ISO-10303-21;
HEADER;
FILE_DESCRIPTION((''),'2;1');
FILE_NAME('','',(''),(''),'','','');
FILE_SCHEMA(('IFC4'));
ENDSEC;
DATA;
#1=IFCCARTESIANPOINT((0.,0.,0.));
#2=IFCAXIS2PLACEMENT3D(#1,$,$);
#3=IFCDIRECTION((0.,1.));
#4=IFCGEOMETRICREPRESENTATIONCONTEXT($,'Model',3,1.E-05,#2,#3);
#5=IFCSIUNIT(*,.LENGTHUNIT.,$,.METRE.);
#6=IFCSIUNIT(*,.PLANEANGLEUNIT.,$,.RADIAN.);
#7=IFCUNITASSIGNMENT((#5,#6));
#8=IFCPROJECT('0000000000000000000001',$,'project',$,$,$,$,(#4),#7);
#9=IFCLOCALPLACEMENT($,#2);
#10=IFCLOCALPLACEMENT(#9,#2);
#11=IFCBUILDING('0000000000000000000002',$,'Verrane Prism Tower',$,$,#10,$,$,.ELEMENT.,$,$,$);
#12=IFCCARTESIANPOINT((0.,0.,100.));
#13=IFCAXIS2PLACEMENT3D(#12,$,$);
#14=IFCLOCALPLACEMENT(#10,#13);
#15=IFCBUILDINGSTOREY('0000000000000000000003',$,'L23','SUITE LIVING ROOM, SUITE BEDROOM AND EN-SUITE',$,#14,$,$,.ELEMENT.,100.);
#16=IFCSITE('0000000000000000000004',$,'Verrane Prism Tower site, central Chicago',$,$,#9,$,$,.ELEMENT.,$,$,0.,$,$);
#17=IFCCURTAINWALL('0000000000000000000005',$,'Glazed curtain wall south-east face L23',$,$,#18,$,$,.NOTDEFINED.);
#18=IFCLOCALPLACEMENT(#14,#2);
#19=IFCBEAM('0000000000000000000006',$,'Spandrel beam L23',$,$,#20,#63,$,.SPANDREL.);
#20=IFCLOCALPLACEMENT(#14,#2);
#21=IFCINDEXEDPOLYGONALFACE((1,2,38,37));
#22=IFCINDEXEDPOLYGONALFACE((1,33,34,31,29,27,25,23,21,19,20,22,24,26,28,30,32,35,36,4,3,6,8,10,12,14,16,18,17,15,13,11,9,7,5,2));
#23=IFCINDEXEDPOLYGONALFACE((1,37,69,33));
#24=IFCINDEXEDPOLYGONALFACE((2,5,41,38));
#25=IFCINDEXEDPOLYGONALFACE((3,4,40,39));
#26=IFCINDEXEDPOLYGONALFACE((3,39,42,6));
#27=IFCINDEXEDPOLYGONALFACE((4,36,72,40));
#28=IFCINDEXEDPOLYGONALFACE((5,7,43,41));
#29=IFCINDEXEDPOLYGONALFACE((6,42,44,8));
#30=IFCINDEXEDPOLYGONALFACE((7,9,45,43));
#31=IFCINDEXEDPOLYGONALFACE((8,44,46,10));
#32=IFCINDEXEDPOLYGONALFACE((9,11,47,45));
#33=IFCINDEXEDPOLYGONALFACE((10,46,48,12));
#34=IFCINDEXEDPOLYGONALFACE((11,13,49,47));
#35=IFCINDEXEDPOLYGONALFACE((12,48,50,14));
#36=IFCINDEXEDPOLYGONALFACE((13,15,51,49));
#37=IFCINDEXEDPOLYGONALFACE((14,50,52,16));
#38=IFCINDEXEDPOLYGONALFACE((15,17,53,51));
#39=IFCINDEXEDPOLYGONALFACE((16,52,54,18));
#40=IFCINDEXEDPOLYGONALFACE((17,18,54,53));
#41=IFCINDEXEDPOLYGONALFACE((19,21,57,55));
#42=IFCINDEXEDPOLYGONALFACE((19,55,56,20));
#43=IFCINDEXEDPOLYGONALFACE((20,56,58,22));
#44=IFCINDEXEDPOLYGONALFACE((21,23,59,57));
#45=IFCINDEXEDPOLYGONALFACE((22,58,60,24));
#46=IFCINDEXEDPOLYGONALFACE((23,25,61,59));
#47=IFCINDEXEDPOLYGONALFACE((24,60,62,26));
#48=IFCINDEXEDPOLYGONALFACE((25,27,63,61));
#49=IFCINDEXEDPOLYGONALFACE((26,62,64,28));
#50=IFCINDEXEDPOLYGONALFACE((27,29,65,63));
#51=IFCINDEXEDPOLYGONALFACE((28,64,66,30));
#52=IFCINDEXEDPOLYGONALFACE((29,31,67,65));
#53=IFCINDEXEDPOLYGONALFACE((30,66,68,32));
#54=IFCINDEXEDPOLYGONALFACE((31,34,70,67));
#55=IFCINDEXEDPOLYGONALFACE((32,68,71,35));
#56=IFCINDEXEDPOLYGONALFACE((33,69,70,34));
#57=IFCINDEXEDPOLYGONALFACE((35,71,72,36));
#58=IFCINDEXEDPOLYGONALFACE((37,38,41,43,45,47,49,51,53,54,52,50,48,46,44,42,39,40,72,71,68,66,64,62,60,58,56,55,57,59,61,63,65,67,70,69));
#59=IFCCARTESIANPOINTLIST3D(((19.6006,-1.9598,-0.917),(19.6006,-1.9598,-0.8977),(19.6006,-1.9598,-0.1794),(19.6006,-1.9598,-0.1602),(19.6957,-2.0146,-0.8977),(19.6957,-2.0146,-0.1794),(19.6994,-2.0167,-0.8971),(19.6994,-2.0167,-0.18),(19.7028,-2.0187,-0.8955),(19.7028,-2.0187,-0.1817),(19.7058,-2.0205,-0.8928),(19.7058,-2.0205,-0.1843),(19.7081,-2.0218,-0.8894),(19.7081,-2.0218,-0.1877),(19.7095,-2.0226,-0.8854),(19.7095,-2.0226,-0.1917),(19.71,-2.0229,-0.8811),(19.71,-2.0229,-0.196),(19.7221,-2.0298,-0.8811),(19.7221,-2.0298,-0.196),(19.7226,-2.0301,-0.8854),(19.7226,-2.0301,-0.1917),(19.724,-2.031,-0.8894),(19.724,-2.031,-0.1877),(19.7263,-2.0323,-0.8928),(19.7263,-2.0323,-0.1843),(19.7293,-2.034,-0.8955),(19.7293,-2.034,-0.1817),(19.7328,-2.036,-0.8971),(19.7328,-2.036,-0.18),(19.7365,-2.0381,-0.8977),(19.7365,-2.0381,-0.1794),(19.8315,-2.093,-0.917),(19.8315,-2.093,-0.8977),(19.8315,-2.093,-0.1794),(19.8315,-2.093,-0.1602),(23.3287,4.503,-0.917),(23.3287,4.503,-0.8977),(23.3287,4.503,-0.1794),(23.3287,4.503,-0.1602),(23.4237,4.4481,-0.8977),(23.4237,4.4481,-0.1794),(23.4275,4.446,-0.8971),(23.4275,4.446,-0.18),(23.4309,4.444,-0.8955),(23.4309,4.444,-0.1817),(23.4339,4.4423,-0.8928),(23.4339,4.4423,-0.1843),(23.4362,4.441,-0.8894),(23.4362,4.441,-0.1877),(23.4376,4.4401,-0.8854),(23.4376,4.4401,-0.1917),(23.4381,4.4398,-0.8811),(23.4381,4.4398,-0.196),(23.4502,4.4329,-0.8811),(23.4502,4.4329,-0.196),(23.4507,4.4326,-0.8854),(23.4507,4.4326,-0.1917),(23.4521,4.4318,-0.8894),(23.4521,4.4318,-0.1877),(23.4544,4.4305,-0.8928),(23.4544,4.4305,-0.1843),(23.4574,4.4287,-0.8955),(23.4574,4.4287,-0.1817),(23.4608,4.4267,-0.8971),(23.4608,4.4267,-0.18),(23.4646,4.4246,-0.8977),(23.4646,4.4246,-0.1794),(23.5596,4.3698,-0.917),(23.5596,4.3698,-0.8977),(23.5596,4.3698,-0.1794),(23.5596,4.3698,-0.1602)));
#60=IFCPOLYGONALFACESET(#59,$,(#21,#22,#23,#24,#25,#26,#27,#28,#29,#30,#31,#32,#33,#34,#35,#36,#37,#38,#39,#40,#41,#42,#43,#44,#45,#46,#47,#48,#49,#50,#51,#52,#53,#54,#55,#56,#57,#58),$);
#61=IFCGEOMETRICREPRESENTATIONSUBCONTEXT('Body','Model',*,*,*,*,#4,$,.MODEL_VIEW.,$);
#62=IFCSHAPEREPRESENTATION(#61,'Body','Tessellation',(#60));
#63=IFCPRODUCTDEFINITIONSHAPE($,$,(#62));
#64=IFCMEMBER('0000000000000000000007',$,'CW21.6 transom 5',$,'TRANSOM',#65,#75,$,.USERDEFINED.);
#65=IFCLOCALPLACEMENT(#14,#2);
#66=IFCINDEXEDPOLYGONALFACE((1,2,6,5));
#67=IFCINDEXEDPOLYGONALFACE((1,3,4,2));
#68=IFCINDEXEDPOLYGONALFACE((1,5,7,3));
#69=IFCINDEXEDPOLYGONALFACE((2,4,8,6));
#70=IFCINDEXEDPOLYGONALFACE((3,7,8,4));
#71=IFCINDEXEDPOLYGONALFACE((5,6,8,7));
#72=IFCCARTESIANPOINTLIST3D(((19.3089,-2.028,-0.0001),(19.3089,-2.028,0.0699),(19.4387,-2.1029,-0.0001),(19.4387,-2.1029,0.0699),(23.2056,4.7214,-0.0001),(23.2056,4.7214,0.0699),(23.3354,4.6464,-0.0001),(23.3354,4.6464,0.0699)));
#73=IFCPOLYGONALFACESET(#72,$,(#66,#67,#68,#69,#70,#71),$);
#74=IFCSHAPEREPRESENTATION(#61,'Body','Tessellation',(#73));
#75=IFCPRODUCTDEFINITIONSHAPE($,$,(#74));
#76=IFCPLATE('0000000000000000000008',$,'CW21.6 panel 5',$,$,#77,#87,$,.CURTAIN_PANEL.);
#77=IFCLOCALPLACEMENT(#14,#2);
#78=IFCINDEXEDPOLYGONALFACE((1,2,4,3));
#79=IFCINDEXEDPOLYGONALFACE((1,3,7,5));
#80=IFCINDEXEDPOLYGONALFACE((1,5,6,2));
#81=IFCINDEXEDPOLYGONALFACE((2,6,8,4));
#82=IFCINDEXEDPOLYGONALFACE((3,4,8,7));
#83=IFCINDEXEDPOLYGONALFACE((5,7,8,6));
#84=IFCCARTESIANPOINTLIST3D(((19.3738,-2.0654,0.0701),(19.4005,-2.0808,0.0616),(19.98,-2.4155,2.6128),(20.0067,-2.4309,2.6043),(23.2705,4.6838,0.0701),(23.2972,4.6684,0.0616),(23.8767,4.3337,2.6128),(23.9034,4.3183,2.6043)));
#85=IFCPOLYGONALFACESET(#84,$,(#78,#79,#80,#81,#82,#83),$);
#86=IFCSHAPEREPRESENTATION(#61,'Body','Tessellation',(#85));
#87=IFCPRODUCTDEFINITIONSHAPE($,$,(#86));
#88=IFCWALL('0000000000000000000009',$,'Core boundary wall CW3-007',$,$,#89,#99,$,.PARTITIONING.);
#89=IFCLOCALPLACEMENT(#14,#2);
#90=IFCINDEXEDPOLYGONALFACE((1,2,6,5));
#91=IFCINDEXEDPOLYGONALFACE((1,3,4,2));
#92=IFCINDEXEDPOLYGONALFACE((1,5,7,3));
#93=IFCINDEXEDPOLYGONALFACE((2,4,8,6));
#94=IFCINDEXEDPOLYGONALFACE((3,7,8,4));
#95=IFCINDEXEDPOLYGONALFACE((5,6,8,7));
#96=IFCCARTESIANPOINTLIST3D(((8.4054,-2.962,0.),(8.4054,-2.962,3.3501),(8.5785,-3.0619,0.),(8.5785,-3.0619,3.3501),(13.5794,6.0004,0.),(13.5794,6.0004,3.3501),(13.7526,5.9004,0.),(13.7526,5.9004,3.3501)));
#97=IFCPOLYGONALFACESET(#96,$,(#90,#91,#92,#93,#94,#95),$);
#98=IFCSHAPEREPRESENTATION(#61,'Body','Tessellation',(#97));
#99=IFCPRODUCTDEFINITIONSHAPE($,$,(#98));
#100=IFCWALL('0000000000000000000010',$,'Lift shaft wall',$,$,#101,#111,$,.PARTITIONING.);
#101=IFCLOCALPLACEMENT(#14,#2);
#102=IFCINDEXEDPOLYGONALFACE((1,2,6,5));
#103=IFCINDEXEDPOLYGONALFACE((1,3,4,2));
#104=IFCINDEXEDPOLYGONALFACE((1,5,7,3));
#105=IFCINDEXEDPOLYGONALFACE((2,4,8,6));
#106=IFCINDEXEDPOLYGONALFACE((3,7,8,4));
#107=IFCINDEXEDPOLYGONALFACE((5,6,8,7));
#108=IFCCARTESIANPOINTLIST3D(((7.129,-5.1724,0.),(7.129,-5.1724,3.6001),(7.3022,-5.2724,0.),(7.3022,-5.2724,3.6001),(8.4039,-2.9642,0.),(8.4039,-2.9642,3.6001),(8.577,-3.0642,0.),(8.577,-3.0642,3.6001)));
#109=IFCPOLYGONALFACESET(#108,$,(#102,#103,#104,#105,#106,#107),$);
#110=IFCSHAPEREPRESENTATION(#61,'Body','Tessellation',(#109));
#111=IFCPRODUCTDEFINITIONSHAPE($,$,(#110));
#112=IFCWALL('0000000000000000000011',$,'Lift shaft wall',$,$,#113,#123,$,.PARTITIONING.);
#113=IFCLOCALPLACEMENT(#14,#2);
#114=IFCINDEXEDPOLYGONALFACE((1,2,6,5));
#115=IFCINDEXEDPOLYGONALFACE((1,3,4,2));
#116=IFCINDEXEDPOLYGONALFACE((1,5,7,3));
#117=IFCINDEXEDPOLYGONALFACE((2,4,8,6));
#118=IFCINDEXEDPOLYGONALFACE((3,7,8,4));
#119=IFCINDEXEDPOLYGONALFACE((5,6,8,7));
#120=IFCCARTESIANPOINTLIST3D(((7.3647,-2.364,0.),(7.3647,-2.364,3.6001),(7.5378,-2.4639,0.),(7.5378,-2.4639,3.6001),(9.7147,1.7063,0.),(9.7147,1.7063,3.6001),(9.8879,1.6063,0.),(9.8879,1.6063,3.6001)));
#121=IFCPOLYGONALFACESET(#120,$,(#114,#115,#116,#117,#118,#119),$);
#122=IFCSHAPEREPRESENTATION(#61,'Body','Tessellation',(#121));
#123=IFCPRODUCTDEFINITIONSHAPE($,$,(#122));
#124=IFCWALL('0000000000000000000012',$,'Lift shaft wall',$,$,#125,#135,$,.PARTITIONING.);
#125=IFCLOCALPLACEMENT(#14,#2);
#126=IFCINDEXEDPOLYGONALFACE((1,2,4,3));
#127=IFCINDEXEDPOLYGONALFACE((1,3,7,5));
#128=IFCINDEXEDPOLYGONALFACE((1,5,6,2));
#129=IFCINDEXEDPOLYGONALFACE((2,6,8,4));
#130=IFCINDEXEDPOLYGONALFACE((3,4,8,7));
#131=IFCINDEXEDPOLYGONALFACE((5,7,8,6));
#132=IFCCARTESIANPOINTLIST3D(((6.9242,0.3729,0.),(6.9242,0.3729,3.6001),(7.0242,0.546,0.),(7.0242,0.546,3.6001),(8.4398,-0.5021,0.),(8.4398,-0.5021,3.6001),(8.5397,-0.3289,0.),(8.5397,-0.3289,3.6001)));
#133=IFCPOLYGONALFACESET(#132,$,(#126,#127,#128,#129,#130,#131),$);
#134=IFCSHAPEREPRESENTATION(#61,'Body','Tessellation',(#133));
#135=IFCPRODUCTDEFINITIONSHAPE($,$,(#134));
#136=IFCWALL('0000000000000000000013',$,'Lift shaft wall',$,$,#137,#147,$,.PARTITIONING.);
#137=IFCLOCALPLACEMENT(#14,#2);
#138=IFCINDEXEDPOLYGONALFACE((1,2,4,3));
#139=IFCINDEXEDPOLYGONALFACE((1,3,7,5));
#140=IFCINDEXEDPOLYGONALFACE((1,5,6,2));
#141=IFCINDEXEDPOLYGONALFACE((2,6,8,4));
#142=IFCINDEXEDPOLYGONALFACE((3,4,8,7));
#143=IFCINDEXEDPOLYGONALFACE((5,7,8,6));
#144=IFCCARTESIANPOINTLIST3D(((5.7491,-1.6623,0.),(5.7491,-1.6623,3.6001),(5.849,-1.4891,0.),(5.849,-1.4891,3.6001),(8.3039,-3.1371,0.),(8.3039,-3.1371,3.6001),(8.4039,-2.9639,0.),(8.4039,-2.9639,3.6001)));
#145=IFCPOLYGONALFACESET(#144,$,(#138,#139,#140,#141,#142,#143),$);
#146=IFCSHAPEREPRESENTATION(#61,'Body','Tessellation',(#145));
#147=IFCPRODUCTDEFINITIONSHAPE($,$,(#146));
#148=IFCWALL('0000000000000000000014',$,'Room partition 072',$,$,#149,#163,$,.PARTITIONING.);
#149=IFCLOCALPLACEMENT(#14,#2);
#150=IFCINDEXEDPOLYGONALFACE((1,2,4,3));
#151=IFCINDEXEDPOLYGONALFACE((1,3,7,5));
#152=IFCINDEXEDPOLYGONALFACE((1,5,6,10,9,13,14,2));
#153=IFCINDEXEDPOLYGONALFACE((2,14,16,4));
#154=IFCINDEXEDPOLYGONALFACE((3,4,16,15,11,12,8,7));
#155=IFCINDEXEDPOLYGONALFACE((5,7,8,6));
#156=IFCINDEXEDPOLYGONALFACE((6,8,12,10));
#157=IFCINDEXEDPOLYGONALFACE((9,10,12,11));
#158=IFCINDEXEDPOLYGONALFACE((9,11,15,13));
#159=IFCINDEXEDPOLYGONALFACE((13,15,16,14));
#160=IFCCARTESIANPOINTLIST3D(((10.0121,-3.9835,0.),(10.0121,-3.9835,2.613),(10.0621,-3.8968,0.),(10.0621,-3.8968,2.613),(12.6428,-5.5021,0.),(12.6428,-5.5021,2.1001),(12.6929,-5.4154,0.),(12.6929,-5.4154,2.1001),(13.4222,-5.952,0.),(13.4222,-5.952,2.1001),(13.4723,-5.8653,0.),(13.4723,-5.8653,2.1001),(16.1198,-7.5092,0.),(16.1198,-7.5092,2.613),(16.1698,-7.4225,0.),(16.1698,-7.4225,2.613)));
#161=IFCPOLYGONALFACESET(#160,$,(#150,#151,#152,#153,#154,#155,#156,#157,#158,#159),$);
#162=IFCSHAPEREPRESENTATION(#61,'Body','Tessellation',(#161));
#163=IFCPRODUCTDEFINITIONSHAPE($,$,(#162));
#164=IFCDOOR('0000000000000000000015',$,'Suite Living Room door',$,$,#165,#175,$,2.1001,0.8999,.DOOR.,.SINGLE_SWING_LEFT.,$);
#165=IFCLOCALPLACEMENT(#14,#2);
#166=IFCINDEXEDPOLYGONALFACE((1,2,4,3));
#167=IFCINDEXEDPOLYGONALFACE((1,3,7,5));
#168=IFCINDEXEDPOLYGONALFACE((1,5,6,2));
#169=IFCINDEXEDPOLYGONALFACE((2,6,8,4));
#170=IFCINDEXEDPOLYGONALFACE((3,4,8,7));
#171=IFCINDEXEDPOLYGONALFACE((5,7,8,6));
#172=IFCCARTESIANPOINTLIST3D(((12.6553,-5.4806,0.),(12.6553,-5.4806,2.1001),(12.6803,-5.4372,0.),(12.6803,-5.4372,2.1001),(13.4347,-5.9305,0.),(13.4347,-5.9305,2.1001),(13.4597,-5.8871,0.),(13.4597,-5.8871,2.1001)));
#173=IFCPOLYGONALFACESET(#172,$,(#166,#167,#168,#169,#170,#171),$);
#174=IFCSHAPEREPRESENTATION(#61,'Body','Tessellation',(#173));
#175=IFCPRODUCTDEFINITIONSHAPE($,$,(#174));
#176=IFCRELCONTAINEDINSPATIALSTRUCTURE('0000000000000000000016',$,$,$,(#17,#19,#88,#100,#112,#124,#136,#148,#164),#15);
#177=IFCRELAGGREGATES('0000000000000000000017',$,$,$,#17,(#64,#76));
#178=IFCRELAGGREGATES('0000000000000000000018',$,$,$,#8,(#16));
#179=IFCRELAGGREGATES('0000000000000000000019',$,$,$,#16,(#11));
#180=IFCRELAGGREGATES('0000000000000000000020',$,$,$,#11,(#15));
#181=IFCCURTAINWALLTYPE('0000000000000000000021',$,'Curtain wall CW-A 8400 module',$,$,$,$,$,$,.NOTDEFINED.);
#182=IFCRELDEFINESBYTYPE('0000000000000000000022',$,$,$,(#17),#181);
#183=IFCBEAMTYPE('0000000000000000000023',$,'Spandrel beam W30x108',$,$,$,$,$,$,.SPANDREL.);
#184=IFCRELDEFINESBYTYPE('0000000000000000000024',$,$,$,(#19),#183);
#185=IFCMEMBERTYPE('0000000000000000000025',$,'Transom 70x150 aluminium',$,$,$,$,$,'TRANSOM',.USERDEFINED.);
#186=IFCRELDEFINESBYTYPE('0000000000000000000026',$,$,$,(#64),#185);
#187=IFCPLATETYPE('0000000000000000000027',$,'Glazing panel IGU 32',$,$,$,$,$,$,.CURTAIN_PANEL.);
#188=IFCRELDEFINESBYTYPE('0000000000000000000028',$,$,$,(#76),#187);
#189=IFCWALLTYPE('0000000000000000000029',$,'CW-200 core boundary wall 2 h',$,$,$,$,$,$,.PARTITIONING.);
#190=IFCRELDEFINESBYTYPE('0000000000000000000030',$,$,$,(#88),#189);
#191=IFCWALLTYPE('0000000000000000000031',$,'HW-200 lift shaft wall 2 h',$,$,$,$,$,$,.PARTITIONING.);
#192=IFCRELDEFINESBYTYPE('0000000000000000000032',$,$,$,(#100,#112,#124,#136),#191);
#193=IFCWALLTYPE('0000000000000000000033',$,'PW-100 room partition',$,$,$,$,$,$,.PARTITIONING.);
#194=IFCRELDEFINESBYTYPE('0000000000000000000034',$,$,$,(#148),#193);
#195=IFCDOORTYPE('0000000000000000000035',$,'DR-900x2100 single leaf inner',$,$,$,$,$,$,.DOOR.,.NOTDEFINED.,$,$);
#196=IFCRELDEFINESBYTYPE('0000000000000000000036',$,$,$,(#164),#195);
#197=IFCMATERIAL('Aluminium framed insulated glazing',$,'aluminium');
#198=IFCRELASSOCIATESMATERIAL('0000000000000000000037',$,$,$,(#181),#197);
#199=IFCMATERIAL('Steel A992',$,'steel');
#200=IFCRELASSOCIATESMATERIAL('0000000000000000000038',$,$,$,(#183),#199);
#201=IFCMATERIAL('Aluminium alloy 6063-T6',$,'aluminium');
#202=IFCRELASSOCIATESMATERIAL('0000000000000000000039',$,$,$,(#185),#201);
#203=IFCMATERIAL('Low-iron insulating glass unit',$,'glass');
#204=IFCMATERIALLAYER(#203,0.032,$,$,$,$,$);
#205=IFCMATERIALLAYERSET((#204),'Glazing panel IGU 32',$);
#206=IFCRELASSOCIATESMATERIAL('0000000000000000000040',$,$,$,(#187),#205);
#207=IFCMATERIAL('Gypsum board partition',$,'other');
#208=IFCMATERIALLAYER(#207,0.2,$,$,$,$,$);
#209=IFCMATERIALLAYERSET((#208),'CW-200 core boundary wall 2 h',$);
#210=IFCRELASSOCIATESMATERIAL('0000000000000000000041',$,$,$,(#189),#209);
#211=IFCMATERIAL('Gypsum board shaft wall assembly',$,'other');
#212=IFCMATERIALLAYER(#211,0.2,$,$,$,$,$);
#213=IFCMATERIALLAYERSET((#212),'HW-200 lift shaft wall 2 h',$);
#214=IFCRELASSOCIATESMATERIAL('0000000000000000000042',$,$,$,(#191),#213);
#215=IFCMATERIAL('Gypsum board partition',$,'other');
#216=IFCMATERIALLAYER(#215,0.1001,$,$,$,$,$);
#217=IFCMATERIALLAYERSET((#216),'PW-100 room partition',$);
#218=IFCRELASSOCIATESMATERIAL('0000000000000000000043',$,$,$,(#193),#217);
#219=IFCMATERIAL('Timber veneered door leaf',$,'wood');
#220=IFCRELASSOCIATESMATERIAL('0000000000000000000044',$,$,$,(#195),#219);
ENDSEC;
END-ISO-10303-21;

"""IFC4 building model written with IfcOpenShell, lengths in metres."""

from ifc_helpers import new_model, si_unit, direction, frame, frame_2d, origin, origin_2d, place, context, subcontext, project, spatial, polyline, rectangle, i_section, outline, extrude, material, layer, layer_set, material_profile, profile_set, type_object, element, fill, aggregate, save


model = new_model("IFC4")

# Units and contexts
model_context = context("Model", 3, precision=1e-05, world=origin(), true_north=direction((0.0, 1.0)))
body_context = subcontext(model_context, "Body", "Model", "MODEL_VIEW")
ifc_project = project(units=[si_unit("LENGTHUNIT", "METRE"), si_unit("PLANEANGLEUNIT", "RADIAN")], contexts=[model_context])

# Site, building, storey
site_placement = place(None, origin())
site = spatial("IfcSite", under=ifc_project, at=site_placement, Name="Verrane Prism Tower site, central Chicago", CompositionType="ELEMENT", RefElevation=0.0)
building_placement = place(site_placement, origin())
building = spatial("IfcBuilding", under=site, at=building_placement, Name="Verrane Prism Tower", CompositionType="ELEMENT")
storey_placement = place(building_placement, frame((0.0, 0.0, 100.0)))
storey = spatial("IfcBuildingStorey", under=building, at=storey_placement, Name="L23", Description="SUITE LIVING ROOM, SUITE BEDROOM AND EN-SUITE", CompositionType="ELEMENT", Elevation=100.0)

# Curtain wall
ifc_material_1 = material(Name="Aluminium framed insulated glazing", Category="aluminium")
curtain_wall_type = type_object("IfcCurtainWallType", Name="Curtain wall CW-A 8400 module", PredefinedType="NOTDEFINED", material=ifc_material_1)
curtain_wall_placement = place(storey_placement, origin())
curtain_wall = element("IfcCurtainWall", 1, at=curtain_wall_placement, inside=storey, type_object=curtain_wall_type, Name="Glazed curtain wall south-east face L23", PredefinedType="NOTDEFINED")

# Beam
ifc_material_2 = material(Name="Steel A992", Category="steel")
ifc_material_profile_1 = material_profile(ifc_material_2, i_section(OverallWidth=0.2666, OverallDepth=0.7568, WebThickness=0.0139, FlangeThickness=0.0193, FilletRadius=0.0166, at=origin_2d()), Name="W30x108")
ifc_profile_set_1 = profile_set([ifc_material_profile_1], Name="Steel A992")
beam_type_1 = type_object("IfcBeamType", Name="Spandrel beam W30x108", PredefinedType="SPANDREL", material=ifc_profile_set_1)
beam_1_placement = place(storey_placement, frame((19.7161, -2.0264, -0.5386), z_axis=(0.49968, 0.86621, 0.0), x_axis=(-0.86621, 0.49968, 0.0)))
element("IfcBeam", 2, at=beam_1_placement, inside=storey, type_object=beam_type_1, Name="Spandrel beam L23", PredefinedType="SPANDREL", context=body_context, shape_type="SweptSolid", body=[
    extrude(i_section(OverallWidth=0.2666, OverallDepth=0.7568, WebThickness=0.0139, FlangeThickness=0.0193, FilletRadius=0.0166, at=origin_2d()), origin(), (0.0, 0.0, 1.0), 7.4609),
])

# Member
ifc_material_3 = material(Name="Aluminium alloy 6063-T6", Category="aluminium")
ifc_material_profile_2 = material_profile(ifc_material_3, rectangle(XDim=0.1499, YDim=0.0701, at=origin_2d()), Name="Transom 70x150 aluminium")
ifc_profile_set_2 = profile_set([ifc_material_profile_2], Name="Aluminium alloy 6063-T6")
member_type_1 = type_object("IfcMemberType", Name="Transom 70x150 aluminium", ElementType="TRANSOM", PredefinedType="USERDEFINED", material=ifc_profile_set_2)
member_1_placement = place(storey_placement, frame((19.3738, -2.0654, 0.0349), z_axis=(0.500004, 0.866023, 0.0), x_axis=(-0.866023, 0.500004, 0.0)))
member_1 = element("IfcMember", 3, at=member_1_placement, type_object=member_type_1, Name="CW21.6 transom 5", ObjectType="TRANSOM", PredefinedType="USERDEFINED", context=body_context, shape_type="SweptSolid", body=[
    extrude(rectangle(XDim=0.1499, YDim=0.0701, at=origin_2d()), origin(), (0.0, 0.0, 1.0), 7.7935),
])

# Plate
ifc_material_4 = material(Name="Low-iron insulating glass unit", Category="glass")
ifc_layer_1 = layer(ifc_material_4, 0.032)
ifc_layer_set_1 = layer_set([ifc_layer_1], Name="Glazing panel IGU 32")
plate_type = type_object("IfcPlateType", Name="Glazing panel IGU 32", PredefinedType="CURTAIN_PANEL", material=ifc_layer_set_1)
plate_placement = place(storey_placement, frame((19.3738, -2.0654, 0.0701), z_axis=(-0.834958, 0.482068, 0.265433), x_axis=(0.500004, 0.866023, 0.0)))
plate = element("IfcPlate", 4, at=plate_placement, type_object=plate_type, Name="CW21.6 panel 5", PredefinedType="CURTAIN_PANEL", context=body_context, shape_type="SweptSolid", body=[
    extrude(outline(polyline([(0.0, 0.0), (7.7934, 0.0), (7.7933, -2.6373), (-0.0001, -2.6373), (0.0, 0.0)])), origin(), (0.0, 0.0, -1.0), 0.032),
])
aggregate(curtain_wall, [member_1, plate])

# Walls
ifc_material_5 = material(Name="Gypsum board partition", Category="other")
ifc_layer_2 = layer(ifc_material_5, 0.2)
ifc_layer_set_2 = layer_set([ifc_layer_2], Name="CW-200 core boundary wall 2 h")
wall_type_1 = type_object("IfcWallType", Name="CW-200 core boundary wall 2 h", PredefinedType="PARTITIONING", material=ifc_layer_set_2)
wall_1_placement = place(storey_placement, frame((8.4919, -3.012, 0.0), z_axis=(0.0, 0.0, 1.0), x_axis=(0.499973, 0.866041, 0.0)))
element("IfcWall", 5, at=wall_1_placement, inside=storey, type_object=wall_type_1, Name="Core boundary wall CW3-007", PredefinedType="PARTITIONING", context=body_context, shape_type="SweptSolid", body=[
    extrude(rectangle(XDim=10.3486, YDim=0.2, at=frame_2d((5.1743, 0.0))), origin(), (0.0, 0.0, 1.0), 3.3501),
])
ifc_material_6 = material(Name="Gypsum board shaft wall assembly", Category="other")
ifc_layer_3 = layer(ifc_material_6, 0.2)
ifc_layer_set_3 = layer_set([ifc_layer_3], Name="HW-200 lift shaft wall 2 h")
wall_type_2 = type_object("IfcWallType", Name="HW-200 lift shaft wall 2 h", PredefinedType="PARTITIONING", material=ifc_layer_set_3)
wall_2_placement = place(storey_placement, frame((7.2156, -5.2224, 0.0), z_axis=(0.0, 0.0, 1.0), x_axis=(0.49999, 0.866031, 0.0)))
element("IfcWall", 6, at=wall_2_placement, inside=storey, type_object=wall_type_2, Name="Lift shaft wall", PredefinedType="PARTITIONING", context=body_context, shape_type="SweptSolid", body=[
    extrude(rectangle(XDim=2.5498, YDim=0.2, at=frame_2d((1.2749, 0.0))), origin(), (0.0, 0.0, 1.0), 3.6001),
])
wall_3_placement = place(storey_placement, frame((7.4512, -2.4141, 0.0), z_axis=(0.0, 0.0, 1.0), x_axis=(0.500016, 0.866016, 0.0)))
element("IfcWall", 7, at=wall_3_placement, inside=storey, type_object=wall_type_2, Name="Lift shaft wall", PredefinedType="PARTITIONING", context=body_context, shape_type="SweptSolid", body=[
    extrude(rectangle(XDim=4.7, YDim=0.2, at=frame_2d((2.3501, 0.0))), origin(), (0.0, 0.0, 1.0), 3.6001),
])
wall_4_placement = place(storey_placement, frame((8.4897, -0.4155, 0.0), z_axis=(0.0, 0.0, 1.0), x_axis=(-0.866037, 0.49998, 0.0)))
element("IfcWall", 8, at=wall_4_placement, inside=storey, type_object=wall_type_2, Name="Lift shaft wall", PredefinedType="PARTITIONING", context=body_context, shape_type="SweptSolid", body=[
    extrude(rectangle(XDim=1.75, YDim=0.2, at=frame_2d((0.875, 0.0))), origin(), (0.0, 0.0, 1.0), 3.6001),
])
wall_5_placement = place(storey_placement, frame((8.354, -3.0505, 0.0), z_axis=(0.0, 0.0, 1.0), x_axis=(-0.86606, 0.49994, 0.0)))
element("IfcWall", 9, at=wall_5_placement, inside=storey, type_object=wall_type_2, Name="Lift shaft wall", PredefinedType="PARTITIONING", context=body_context, shape_type="SweptSolid", body=[
    extrude(rectangle(XDim=2.95, YDim=0.2, at=frame_2d((1.4751, 0.0))), origin(), (0.0, 0.0, 1.0), 3.6001),
])

# Wall, opening, door
ifc_material_7 = material(Name="Gypsum board partition", Category="other")
ifc_layer_4 = layer(ifc_material_7, 0.1001)
ifc_layer_set_4 = layer_set([ifc_layer_4], Name="PW-100 room partition")
wall_type_3 = type_object("IfcWallType", Name="PW-100 room partition", PredefinedType="PARTITIONING", material=ifc_layer_set_4)
wall_6_placement = place(storey_placement, frame((10.0371, -3.9402, 0.0), z_axis=(0.0, 0.0, 1.0), x_axis=(0.866064, -0.499933, 0.0)))
wall_6 = element("IfcWall", 10, at=wall_6_placement, inside=storey, type_object=wall_type_3, Name="Room partition 072", PredefinedType="PARTITIONING", context=body_context, shape_type="SweptSolid", body=[
    extrude(rectangle(XDim=7.0522, YDim=0.1001, at=frame_2d((3.5261, 0.0))), origin(), (0.0, 0.0, 1.0), 2.613),
])
opening_1_placement = place(wall_6_placement, frame((3.0376, 0.0, 0.0)))
opening_1 = element("IfcOpeningElement", 11, at=opening_1_placement, cuts=wall_6, PredefinedType="OPENING", context=body_context, shape_type="SweptSolid", body=[
    extrude(rectangle(XDim=0.8999, YDim=2.1001, at=frame_2d((0.45, 1.05))), frame((0.0, 0.0601, 0.0), z_axis=(0.0, -1.0, 0.0), x_axis=(1.0, 0.0, 0.0)), (0.0, 0.0, 1.0), 0.1201),
])
ifc_material_8 = material(Name="Timber veneered door leaf", Category="wood")
door_type_1 = type_object("IfcDoorType", Name="DR-900x2100 single leaf inner", OperationType="NOTDEFINED", PredefinedType="DOOR", material=ifc_material_8)
door_1_placement = place(opening_1_placement, origin())
door_1 = element("IfcDoor", 12, at=door_1_placement, inside=storey, type_object=door_type_1, Name="Suite Living Room door", OperationType="SINGLE_SWING_LEFT", OverallHeight=2.1001, OverallWidth=0.8999, PredefinedType="DOOR", context=body_context, shape_type="SweptSolid", body=[
    extrude(rectangle(XDim=0.8999, YDim=2.1001, at=frame_2d((0.45, 1.05))), frame((0.0, 0.0249, 0.0), z_axis=(0.0, -1.0, 0.0), x_axis=(1.0, 0.0, 0.0)), (0.0, 0.0, 1.0), 0.05),
])
fill(opening_1, door_1)

save(model, "model.ifc")
